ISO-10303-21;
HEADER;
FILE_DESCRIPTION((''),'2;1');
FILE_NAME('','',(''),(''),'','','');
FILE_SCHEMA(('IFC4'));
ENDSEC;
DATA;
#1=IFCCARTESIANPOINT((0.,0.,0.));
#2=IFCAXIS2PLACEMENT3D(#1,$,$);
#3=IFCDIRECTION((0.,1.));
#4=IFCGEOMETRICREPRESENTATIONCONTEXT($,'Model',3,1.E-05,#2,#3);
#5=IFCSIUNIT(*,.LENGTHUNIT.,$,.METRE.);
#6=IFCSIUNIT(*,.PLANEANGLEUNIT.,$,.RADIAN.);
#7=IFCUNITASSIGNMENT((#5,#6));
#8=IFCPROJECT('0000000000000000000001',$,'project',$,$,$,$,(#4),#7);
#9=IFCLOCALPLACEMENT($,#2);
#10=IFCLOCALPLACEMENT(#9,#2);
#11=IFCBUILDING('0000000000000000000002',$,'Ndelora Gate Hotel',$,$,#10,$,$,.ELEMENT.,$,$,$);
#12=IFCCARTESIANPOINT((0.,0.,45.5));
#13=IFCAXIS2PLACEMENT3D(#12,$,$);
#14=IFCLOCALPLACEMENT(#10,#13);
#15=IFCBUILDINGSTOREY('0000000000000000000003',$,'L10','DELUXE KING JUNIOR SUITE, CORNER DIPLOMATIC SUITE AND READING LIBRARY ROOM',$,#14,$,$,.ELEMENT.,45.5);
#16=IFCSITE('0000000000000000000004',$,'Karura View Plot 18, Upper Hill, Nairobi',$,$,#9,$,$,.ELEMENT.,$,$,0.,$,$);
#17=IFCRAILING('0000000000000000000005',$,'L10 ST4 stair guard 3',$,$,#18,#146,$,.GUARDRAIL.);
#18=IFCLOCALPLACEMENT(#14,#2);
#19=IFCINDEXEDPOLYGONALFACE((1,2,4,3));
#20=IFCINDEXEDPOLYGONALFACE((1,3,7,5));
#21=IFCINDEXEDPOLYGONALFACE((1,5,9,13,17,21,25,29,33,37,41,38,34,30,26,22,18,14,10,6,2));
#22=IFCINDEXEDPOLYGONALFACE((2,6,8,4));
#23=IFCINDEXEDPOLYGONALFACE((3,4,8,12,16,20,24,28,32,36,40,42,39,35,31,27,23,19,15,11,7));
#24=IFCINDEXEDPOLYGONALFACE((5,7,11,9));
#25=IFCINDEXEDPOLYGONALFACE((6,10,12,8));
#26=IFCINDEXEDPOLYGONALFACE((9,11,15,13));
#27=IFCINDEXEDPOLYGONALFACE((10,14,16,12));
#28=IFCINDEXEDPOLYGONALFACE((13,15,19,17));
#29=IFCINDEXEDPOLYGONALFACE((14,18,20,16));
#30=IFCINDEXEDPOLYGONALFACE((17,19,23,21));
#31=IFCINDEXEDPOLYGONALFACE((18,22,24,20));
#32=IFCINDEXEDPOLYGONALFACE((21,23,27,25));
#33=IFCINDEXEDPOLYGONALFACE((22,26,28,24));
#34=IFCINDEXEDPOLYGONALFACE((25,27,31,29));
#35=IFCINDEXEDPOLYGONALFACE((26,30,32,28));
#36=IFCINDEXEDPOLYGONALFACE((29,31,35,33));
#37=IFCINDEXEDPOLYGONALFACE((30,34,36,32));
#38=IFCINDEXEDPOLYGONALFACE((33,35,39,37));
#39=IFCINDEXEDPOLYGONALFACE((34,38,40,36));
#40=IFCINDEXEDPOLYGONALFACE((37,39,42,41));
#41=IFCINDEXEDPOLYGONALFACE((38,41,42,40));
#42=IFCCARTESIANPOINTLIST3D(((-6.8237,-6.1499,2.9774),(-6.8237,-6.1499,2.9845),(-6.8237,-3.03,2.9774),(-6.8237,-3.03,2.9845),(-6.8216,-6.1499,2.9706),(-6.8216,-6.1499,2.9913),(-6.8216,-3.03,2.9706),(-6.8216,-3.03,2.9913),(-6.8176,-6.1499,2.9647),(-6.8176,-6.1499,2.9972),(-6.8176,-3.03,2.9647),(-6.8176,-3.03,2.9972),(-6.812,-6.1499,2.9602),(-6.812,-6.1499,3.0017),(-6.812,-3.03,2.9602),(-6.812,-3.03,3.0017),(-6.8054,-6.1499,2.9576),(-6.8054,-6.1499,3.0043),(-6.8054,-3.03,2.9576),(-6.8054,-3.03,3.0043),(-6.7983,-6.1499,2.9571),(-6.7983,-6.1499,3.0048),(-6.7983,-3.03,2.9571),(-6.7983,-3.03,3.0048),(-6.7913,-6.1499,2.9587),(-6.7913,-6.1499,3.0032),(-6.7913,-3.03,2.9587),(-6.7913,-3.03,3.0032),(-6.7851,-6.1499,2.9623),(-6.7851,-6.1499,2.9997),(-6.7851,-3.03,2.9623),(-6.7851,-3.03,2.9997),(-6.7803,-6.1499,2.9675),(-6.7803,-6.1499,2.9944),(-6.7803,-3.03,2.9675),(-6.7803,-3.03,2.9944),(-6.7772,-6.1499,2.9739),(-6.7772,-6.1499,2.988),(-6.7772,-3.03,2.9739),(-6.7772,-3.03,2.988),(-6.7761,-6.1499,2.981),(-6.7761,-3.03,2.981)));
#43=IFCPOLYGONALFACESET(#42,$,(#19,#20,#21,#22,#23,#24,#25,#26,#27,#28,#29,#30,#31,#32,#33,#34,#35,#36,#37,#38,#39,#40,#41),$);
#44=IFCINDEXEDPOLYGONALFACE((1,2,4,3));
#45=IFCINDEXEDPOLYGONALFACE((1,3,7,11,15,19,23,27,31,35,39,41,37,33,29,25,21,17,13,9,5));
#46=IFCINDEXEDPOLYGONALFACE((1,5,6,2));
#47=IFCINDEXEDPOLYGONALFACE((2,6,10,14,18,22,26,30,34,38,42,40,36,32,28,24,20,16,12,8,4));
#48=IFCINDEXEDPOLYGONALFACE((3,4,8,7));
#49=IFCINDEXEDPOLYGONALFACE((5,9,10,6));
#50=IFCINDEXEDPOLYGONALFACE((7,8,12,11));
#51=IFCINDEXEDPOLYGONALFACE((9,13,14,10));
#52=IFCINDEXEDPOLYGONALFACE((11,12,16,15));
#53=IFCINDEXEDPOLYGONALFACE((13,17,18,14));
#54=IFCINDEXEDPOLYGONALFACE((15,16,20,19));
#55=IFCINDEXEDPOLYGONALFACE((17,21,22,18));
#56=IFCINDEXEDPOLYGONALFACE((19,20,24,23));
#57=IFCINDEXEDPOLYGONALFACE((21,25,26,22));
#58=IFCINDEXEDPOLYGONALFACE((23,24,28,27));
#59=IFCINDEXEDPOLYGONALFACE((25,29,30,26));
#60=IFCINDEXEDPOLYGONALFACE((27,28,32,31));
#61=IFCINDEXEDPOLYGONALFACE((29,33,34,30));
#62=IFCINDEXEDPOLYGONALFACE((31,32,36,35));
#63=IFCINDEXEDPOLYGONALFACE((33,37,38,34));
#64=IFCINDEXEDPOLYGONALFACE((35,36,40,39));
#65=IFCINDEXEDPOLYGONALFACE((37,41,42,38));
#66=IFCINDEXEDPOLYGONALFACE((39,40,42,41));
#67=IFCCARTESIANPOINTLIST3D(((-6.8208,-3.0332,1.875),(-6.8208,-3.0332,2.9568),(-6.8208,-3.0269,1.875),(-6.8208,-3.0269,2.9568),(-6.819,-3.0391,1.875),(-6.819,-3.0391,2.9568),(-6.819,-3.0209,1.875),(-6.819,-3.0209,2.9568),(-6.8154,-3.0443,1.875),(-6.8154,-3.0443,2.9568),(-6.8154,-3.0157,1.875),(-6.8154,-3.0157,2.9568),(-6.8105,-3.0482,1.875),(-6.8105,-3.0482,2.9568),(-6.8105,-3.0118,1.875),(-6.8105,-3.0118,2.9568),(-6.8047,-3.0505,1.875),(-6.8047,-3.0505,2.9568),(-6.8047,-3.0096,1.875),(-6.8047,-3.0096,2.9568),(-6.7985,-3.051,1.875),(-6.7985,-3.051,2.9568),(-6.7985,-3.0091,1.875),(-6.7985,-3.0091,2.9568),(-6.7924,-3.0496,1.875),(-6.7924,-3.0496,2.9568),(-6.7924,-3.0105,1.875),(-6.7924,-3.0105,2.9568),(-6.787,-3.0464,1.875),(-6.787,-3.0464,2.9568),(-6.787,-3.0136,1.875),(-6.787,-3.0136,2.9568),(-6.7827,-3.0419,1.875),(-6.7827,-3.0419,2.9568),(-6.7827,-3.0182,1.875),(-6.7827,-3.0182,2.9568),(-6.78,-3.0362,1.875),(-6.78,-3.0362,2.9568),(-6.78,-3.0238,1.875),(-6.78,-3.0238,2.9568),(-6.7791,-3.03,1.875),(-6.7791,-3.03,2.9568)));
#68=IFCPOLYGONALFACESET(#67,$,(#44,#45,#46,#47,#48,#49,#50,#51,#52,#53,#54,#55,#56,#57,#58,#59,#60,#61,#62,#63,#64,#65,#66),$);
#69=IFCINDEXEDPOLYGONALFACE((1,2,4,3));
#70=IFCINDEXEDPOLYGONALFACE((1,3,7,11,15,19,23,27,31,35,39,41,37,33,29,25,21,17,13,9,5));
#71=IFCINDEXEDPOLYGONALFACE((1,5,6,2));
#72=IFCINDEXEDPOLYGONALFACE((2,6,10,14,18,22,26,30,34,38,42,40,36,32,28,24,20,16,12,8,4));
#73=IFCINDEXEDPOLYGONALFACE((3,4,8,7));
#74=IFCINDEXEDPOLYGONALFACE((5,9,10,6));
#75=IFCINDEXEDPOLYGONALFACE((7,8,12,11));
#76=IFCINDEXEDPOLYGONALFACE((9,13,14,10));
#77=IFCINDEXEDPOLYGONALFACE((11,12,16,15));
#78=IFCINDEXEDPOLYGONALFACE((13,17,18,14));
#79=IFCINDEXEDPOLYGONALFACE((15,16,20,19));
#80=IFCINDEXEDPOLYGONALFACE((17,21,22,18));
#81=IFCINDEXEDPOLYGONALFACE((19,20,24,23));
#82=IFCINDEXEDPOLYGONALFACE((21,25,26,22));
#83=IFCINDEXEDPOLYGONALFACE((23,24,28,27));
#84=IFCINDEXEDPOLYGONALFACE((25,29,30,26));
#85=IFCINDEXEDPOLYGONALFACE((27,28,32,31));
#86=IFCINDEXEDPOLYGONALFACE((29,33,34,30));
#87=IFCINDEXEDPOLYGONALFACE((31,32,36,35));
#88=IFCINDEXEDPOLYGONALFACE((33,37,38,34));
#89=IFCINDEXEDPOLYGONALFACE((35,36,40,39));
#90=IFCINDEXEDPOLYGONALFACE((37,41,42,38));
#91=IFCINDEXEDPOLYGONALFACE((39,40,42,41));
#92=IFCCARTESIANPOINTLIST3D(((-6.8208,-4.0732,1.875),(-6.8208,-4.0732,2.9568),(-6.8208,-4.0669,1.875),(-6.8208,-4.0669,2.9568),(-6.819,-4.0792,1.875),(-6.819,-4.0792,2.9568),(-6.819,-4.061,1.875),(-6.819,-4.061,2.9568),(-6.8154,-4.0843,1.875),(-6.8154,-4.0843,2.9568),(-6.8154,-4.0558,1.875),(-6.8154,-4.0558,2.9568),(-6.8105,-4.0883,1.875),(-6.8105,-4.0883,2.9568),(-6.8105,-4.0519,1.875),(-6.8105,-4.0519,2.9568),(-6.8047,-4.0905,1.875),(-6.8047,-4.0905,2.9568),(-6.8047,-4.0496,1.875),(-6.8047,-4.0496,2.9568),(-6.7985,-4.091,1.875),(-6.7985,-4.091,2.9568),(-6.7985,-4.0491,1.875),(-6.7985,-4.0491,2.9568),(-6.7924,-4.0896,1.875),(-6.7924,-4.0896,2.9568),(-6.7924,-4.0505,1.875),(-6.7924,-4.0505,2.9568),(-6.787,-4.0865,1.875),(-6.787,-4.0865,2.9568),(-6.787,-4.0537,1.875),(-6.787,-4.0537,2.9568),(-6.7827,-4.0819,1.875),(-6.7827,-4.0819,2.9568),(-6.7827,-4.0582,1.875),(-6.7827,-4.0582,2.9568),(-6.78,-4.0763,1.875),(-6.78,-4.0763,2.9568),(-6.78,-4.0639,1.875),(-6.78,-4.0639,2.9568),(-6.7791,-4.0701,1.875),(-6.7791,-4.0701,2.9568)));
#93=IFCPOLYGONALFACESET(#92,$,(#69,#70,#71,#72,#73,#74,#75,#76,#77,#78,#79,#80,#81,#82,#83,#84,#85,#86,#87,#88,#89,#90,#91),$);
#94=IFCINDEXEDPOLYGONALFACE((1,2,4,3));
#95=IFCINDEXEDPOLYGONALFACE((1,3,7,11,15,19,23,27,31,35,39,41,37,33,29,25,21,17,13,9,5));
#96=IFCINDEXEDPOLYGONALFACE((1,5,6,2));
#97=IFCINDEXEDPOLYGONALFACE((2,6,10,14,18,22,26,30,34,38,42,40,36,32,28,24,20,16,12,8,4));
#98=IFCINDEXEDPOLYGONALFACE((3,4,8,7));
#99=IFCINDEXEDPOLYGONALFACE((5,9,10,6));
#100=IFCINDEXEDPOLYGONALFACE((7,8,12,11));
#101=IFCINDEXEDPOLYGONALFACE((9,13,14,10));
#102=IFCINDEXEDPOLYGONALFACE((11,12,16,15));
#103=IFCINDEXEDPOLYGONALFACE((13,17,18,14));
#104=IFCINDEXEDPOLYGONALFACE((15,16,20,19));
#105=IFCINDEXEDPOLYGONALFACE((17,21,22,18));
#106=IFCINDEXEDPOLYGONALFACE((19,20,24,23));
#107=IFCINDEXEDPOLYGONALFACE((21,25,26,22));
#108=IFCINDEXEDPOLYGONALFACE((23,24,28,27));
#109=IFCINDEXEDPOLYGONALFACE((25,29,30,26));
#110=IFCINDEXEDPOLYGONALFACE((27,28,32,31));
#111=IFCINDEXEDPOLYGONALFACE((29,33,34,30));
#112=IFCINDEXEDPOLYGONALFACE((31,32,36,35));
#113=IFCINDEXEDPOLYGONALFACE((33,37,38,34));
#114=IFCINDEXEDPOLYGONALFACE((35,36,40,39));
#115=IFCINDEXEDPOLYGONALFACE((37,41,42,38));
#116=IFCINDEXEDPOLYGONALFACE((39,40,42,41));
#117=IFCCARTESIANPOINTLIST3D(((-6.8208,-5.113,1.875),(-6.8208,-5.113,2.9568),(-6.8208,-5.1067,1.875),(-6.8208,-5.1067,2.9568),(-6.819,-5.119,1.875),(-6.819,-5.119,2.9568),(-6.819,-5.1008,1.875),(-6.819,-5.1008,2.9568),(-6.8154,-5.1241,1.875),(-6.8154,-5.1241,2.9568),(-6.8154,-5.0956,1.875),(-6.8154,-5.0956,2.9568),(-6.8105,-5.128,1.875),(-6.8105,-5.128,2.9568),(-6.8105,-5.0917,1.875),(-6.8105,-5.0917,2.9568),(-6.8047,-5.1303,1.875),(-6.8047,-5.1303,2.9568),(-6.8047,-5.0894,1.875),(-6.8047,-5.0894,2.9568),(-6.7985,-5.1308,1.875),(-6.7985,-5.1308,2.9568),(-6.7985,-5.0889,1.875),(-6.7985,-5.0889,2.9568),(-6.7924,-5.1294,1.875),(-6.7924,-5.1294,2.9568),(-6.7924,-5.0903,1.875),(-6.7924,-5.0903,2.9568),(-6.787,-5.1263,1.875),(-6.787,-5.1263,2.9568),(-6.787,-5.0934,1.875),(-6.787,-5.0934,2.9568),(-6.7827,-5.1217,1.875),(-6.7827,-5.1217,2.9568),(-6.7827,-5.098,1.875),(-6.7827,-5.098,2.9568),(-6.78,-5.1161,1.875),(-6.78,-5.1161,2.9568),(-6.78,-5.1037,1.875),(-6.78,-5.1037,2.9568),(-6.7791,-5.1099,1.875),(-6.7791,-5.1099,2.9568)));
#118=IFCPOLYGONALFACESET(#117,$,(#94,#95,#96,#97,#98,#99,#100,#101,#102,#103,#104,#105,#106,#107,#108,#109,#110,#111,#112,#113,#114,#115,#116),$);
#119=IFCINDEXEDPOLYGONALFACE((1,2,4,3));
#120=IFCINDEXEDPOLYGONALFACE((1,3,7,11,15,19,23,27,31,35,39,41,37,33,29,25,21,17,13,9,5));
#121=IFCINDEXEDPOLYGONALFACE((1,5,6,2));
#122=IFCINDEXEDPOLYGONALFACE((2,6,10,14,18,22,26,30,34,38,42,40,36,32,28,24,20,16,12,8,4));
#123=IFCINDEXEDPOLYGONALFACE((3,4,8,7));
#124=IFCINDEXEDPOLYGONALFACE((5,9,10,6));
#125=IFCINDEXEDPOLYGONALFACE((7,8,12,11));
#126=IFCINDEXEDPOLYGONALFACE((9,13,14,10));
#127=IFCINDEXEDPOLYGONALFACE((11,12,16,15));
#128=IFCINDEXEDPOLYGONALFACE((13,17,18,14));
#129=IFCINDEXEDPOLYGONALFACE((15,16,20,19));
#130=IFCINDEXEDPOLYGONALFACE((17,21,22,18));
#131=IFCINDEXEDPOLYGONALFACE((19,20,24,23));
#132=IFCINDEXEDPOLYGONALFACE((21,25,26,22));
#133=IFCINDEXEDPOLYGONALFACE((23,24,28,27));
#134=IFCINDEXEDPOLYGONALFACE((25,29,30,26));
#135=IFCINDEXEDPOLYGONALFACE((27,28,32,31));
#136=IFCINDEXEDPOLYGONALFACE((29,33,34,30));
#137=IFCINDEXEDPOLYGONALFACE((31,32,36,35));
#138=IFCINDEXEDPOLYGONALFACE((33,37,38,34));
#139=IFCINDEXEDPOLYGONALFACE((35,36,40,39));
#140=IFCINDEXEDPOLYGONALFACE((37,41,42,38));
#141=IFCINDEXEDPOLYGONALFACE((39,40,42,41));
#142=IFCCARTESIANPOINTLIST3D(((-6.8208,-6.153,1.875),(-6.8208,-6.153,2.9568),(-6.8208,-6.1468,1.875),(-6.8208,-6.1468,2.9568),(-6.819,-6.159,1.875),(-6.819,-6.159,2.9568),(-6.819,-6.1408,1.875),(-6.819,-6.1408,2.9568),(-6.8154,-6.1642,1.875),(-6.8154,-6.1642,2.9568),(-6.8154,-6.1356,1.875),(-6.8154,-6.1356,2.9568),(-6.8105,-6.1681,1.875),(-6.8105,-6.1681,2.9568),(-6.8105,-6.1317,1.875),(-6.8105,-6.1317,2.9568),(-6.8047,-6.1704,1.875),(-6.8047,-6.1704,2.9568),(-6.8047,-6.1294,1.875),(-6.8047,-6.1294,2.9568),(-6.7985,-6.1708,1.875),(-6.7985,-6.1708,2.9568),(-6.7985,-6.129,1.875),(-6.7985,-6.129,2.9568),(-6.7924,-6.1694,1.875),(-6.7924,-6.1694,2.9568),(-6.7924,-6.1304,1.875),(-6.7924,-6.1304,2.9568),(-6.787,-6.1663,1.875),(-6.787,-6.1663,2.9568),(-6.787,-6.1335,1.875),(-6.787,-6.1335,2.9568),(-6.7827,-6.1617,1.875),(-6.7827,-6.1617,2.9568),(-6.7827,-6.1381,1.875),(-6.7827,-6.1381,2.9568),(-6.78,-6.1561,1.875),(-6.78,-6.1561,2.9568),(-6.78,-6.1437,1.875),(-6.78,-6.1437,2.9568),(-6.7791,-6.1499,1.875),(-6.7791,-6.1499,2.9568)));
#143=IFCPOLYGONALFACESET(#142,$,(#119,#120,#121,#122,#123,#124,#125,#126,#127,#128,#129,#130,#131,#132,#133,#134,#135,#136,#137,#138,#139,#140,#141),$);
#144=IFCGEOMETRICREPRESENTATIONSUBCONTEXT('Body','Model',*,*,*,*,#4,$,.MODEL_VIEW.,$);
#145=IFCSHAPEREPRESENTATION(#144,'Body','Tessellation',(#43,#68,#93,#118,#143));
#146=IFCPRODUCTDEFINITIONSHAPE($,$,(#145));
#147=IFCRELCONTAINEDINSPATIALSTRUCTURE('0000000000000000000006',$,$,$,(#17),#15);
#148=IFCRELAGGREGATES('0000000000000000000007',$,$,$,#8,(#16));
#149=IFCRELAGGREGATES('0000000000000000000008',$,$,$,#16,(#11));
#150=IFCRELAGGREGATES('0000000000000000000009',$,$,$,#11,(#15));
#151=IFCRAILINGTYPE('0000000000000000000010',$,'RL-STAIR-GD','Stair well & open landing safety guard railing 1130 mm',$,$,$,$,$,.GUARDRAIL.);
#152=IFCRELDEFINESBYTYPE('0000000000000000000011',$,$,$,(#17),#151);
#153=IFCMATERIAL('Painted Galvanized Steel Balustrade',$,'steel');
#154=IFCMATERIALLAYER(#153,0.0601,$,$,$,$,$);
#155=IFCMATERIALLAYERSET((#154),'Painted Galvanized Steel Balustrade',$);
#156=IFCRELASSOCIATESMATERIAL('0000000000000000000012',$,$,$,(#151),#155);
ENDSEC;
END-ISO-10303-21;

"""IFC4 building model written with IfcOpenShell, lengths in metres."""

from ifc_helpers import new_model, si_unit, direction, frame, origin, origin_2d, place, context, subcontext, project, spatial, circle, extrude, material, layer, layer_set, type_object, element, save


model = new_model("IFC4")

# Units and contexts
model_context = context("Model", 3, precision=1e-05, world=origin(), true_north=direction((0.0, 1.0)))
body_context = subcontext(model_context, "Body", "Model", "MODEL_VIEW")
ifc_project = project(units=[si_unit("LENGTHUNIT", "METRE"), si_unit("PLANEANGLEUNIT", "RADIAN")], contexts=[model_context])

# Site, building, storey
site_placement = place(None, origin())
site = spatial("IfcSite", under=ifc_project, at=site_placement, Name="Karura View Plot 18, Upper Hill, Nairobi", CompositionType="ELEMENT", RefElevation=0.0)
building_placement = place(site_placement, origin())
building = spatial("IfcBuilding", under=site, at=building_placement, Name="Ndelora Gate Hotel", CompositionType="ELEMENT")
storey_placement = place(building_placement, frame((0.0, 0.0, 45.5)))
storey = spatial("IfcBuildingStorey", under=building, at=storey_placement, Name="L10", Description="DELUXE KING JUNIOR SUITE, CORNER DIPLOMATIC SUITE AND READING LIBRARY ROOM", CompositionType="ELEMENT", Elevation=45.5)

# Railing
ifc_material_1 = material(Name="Painted Galvanized Steel Balustrade", Category="steel")
ifc_layer_1 = layer(ifc_material_1, 0.0601)
ifc_layer_set_1 = layer_set([ifc_layer_1], Name="Painted Galvanized Steel Balustrade")
railing_type = type_object("IfcRailingType", Name="RL-STAIR-GD", Description="Stair well & open landing safety guard railing 1130 mm", PredefinedType="GUARDRAIL", material=ifc_layer_set_1)
railing_1_placement = place(storey_placement, frame((-6.8, -3.03, 1.875)))
element("IfcRailing", 1, at=railing_1_placement, inside=storey, type_object=railing_type, Name="L10 ST4 stair guard 3", PredefinedType="GUARDRAIL", context=body_context, shape_type="SweptSolid", body=[
    extrude(circle(Radius=0.0239, at=origin_2d()), frame((0.0, 0.0, 1.106), z_axis=(0.0, -1.0, 0.0), x_axis=(1.0, 0.0, 0.0)), (0.0, 0.0, 1.0), 3.1199),
    extrude(circle(Radius=0.021, at=origin_2d()), origin(), (0.0, 0.0, 1.0), 1.0818),
    extrude(circle(Radius=0.021, at=origin_2d()), frame((0.0, -1.04, 0.0)), (0.0, 0.0, 1.0), 1.0818),
    extrude(circle(Radius=0.021, at=origin_2d()), frame((0.0, -2.0798, 0.0)), (0.0, 0.0, 1.0), 1.0818),
    extrude(circle(Radius=0.021, at=origin_2d()), frame((0.0, -3.1199, 0.0)), (0.0, 0.0, 1.0), 1.0818),
])

save(model, "model.ifc")
